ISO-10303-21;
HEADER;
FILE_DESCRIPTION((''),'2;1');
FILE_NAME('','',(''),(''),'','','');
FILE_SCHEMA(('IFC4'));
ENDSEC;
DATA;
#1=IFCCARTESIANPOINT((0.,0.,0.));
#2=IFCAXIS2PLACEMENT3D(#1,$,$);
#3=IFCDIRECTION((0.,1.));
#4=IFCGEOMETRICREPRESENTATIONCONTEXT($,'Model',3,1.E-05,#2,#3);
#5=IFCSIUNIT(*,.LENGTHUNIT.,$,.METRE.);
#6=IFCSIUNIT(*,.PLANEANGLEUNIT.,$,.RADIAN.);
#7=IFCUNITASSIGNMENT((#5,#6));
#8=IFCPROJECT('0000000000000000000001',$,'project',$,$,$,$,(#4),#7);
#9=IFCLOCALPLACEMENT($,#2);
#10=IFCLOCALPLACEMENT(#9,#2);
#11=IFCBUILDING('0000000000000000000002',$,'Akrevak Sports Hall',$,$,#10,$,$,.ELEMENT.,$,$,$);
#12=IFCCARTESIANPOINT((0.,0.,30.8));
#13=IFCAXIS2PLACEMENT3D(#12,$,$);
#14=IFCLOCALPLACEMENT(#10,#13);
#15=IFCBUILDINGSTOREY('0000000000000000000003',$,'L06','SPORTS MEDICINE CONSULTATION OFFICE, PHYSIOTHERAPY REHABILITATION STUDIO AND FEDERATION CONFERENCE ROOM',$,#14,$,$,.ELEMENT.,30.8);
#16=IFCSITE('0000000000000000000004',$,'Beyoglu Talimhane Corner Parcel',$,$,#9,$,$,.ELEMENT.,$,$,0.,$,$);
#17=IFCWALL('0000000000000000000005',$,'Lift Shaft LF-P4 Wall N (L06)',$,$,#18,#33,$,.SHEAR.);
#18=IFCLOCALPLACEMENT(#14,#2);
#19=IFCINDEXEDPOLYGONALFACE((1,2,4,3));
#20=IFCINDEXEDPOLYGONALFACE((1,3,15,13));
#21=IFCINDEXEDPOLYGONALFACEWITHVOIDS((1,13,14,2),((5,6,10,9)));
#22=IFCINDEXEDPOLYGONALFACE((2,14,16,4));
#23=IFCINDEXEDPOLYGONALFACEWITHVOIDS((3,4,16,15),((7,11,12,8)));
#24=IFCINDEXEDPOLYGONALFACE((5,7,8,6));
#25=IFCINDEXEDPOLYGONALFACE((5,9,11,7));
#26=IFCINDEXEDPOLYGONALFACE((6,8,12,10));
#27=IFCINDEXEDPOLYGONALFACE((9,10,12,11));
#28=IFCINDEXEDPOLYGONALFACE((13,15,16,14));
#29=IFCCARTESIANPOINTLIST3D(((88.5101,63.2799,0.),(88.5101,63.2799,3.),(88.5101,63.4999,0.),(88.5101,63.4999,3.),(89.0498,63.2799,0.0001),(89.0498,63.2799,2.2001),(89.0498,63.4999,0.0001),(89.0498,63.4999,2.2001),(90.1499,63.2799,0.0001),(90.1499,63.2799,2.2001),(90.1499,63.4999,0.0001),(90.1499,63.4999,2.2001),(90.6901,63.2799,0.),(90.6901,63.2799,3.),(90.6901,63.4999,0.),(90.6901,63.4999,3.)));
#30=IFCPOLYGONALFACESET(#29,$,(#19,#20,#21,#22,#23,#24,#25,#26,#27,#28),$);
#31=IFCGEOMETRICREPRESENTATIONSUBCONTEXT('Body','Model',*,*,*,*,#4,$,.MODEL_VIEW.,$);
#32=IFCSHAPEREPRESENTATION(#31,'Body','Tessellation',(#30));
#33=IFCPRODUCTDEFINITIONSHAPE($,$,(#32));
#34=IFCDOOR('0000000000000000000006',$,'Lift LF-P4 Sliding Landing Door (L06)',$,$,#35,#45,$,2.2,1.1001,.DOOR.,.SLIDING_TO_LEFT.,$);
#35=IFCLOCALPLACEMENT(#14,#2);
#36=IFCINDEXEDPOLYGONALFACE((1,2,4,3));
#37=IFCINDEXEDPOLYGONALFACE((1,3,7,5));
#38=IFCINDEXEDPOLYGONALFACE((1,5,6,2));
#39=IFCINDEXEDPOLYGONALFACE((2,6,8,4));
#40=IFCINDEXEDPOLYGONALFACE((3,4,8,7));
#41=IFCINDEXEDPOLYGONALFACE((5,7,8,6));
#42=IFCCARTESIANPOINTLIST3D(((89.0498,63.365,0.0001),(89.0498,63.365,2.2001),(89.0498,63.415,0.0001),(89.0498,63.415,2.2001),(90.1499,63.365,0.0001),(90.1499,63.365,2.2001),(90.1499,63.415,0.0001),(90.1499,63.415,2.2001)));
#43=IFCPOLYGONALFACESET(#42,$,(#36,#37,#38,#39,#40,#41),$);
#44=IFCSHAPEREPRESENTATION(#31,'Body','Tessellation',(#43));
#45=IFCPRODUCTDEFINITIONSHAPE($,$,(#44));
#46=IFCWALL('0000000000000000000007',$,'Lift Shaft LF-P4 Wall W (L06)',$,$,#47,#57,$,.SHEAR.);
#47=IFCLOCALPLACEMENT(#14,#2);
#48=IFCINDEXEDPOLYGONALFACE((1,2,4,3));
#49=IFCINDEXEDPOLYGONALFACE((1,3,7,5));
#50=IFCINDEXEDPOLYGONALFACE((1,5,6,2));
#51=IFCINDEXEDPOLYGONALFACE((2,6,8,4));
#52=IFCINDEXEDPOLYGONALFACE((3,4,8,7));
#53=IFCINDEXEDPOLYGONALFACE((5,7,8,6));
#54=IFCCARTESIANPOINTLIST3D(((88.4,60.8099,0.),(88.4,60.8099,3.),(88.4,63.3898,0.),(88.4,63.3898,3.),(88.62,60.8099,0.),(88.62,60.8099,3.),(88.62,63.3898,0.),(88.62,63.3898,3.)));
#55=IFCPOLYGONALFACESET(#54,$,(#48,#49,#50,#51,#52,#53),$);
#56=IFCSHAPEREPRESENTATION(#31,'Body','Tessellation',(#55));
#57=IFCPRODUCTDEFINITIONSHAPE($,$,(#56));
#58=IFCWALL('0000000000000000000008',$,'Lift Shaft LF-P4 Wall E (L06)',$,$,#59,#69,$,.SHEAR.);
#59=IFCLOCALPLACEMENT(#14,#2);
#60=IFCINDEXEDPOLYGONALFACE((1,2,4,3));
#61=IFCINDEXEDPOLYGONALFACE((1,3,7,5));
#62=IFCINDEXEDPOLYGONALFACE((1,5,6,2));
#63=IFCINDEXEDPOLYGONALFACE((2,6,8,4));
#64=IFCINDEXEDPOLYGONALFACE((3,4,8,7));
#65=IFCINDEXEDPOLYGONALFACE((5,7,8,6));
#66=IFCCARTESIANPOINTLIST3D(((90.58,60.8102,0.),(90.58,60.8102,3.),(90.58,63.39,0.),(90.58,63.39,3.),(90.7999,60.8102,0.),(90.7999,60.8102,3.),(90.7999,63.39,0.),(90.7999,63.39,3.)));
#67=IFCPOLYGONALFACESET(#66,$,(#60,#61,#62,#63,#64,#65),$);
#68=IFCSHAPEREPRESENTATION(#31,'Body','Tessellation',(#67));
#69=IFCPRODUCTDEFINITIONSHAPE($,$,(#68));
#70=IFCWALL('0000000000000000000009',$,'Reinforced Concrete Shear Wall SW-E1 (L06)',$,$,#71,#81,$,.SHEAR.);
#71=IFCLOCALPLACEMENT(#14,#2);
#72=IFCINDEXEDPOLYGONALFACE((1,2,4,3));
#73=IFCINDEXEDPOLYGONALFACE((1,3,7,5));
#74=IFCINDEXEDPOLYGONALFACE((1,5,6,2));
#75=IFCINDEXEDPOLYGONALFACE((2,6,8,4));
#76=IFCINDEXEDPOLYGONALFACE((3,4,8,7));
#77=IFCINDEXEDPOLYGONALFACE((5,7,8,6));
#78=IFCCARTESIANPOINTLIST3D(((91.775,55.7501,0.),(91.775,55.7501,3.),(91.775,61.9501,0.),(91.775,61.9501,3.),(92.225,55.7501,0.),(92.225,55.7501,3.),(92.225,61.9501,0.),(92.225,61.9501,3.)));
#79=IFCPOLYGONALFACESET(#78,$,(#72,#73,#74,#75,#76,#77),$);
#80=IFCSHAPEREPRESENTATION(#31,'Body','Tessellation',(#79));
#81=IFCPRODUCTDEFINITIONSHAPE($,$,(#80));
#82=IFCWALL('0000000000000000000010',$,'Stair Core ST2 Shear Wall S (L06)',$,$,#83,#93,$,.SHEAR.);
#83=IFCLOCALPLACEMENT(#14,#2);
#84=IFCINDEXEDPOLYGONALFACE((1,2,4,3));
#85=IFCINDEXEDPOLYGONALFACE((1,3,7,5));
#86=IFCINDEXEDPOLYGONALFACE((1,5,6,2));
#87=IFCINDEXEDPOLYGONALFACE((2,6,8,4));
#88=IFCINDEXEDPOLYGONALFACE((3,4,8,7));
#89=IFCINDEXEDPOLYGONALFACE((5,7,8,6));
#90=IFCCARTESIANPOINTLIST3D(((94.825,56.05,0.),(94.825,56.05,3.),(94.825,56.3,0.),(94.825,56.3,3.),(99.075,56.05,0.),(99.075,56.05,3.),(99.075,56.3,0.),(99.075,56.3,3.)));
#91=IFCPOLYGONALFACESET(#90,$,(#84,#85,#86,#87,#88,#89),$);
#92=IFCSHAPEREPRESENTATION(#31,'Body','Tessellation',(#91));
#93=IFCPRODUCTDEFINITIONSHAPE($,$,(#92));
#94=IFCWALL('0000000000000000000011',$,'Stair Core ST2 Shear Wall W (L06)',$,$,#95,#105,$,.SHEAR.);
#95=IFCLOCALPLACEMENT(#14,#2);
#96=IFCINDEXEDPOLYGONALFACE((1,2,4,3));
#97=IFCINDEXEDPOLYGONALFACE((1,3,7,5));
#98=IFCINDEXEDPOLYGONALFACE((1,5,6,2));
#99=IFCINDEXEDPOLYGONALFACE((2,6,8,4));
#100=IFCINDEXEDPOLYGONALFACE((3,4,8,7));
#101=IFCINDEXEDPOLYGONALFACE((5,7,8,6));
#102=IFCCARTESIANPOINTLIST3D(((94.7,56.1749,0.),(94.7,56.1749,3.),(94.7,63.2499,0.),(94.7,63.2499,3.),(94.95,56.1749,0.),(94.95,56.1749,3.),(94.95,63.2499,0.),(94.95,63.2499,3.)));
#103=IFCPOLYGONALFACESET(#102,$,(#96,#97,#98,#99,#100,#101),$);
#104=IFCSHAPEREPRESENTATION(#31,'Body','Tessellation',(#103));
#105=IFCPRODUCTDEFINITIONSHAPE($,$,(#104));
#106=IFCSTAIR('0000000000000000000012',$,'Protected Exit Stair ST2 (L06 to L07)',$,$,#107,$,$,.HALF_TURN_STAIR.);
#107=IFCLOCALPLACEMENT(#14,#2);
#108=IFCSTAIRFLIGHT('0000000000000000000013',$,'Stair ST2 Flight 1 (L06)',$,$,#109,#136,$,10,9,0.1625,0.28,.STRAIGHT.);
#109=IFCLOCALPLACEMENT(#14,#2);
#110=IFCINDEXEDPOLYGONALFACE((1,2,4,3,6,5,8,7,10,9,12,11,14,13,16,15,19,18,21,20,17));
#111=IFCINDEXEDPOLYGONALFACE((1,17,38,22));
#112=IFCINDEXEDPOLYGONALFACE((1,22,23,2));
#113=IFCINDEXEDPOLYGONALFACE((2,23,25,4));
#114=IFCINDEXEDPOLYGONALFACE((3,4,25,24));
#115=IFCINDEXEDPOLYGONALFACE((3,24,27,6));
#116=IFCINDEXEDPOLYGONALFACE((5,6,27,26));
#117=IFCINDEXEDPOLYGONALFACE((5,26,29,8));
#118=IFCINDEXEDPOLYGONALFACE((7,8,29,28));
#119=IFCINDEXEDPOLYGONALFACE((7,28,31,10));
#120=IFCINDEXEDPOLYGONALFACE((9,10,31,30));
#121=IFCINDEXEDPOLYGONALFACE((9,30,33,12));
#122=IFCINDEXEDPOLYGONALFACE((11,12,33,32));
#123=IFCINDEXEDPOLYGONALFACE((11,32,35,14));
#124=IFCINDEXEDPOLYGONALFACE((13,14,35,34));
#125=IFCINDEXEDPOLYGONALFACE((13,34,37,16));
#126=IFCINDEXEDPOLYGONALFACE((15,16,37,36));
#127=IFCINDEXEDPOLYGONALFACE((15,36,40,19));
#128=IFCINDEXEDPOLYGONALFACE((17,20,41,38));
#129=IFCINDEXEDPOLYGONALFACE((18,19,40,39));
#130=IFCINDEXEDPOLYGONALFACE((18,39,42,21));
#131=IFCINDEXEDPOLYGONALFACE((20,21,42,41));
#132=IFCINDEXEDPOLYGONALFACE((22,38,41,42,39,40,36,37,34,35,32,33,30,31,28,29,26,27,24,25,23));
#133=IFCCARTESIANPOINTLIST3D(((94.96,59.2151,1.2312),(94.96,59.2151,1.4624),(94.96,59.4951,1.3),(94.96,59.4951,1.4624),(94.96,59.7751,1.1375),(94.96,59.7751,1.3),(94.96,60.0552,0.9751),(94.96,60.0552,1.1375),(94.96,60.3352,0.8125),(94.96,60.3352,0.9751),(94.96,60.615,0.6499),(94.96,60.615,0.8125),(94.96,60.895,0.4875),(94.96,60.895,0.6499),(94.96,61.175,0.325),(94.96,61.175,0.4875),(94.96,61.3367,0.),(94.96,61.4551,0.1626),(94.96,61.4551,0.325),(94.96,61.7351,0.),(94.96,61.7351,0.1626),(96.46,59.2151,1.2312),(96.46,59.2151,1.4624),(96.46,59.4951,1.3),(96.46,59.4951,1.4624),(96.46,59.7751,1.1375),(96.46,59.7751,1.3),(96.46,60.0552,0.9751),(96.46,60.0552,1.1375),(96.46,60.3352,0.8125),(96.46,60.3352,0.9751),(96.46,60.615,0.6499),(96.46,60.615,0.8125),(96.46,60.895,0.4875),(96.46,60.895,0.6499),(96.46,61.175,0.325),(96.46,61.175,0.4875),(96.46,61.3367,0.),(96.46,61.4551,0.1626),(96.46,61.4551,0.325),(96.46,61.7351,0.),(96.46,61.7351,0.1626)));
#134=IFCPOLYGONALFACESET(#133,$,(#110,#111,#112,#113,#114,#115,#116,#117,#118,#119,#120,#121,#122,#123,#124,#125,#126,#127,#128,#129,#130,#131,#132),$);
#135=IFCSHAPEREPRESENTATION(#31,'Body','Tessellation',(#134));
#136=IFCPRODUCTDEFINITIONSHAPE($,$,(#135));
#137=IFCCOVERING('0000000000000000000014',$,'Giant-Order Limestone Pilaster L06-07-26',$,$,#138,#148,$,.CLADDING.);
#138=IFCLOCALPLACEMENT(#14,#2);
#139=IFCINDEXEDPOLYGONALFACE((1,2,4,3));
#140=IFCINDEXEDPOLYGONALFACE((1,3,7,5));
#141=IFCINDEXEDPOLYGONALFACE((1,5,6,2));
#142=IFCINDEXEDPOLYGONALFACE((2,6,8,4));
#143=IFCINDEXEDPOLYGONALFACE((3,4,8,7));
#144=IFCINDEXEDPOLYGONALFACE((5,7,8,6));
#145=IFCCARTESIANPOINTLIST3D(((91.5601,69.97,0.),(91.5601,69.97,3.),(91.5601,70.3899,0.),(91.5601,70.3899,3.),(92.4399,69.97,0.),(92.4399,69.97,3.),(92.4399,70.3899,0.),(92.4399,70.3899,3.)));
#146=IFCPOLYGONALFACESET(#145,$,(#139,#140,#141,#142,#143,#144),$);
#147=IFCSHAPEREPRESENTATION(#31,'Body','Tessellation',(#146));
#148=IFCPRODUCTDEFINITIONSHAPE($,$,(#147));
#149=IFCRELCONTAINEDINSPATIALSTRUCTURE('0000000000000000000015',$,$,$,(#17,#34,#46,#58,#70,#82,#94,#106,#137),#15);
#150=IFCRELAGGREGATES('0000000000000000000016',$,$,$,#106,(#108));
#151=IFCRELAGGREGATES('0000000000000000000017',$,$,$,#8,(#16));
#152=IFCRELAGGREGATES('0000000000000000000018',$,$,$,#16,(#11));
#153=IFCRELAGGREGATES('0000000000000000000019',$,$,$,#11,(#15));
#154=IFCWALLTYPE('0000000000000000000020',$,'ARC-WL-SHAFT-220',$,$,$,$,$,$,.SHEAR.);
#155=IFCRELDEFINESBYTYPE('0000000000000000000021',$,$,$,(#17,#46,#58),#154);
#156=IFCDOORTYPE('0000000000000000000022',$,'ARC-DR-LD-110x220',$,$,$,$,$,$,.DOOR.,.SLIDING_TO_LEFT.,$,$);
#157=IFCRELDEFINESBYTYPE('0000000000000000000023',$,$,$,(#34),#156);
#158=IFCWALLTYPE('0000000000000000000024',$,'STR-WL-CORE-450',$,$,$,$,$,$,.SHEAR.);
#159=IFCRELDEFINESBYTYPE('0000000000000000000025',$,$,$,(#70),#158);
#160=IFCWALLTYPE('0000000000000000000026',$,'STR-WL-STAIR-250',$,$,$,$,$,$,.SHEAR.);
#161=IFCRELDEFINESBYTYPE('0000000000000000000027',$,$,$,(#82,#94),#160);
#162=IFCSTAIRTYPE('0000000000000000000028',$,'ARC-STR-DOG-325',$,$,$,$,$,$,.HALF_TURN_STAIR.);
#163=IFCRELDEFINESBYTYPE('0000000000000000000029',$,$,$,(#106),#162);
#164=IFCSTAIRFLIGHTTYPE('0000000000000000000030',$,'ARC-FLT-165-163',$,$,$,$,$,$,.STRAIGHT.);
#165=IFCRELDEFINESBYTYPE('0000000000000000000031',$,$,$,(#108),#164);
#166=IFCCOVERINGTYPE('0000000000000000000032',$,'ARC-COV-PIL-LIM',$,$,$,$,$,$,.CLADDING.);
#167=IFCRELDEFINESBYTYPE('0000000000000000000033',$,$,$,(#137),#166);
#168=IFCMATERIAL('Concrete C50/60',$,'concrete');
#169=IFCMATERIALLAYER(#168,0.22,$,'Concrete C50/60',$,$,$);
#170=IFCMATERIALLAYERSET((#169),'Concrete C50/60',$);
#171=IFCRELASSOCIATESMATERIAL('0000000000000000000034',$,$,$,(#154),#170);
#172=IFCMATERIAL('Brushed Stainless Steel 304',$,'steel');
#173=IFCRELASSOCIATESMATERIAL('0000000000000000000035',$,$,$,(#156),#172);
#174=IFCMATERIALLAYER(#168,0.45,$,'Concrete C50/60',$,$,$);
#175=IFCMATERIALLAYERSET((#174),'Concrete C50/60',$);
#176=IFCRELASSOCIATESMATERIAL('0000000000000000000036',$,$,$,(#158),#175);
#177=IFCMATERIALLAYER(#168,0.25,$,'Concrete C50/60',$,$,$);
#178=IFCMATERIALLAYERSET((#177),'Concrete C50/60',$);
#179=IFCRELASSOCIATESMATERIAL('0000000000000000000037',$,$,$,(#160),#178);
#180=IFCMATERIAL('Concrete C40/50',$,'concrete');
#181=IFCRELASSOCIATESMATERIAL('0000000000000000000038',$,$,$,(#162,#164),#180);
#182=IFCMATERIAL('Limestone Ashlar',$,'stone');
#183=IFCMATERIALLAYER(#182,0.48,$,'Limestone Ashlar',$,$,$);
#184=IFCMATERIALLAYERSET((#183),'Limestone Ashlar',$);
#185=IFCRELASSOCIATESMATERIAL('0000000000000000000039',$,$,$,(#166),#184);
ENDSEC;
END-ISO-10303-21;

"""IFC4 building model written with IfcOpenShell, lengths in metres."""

from ifc_helpers import new_model, si_unit, direction, frame, frame_2d, origin, origin_2d, place, context, subcontext, project, spatial, polyline, rectangle, outline, extrude, material, layer, layer_set, type_object, element, fill, aggregate, save


model = new_model("IFC4")

# Units and contexts
model_context = context("Model", 3, precision=1e-05, world=origin(), true_north=direction((0.0, 1.0)))
body_context = subcontext(model_context, "Body", "Model", "MODEL_VIEW")
ifc_project = project(units=[si_unit("LENGTHUNIT", "METRE"), si_unit("PLANEANGLEUNIT", "RADIAN")], contexts=[model_context])

# Site, building, storey
site_placement = place(None, origin())
site = spatial("IfcSite", under=ifc_project, at=site_placement, Name="Beyoglu Talimhane Corner Parcel", CompositionType="ELEMENT", RefElevation=0.0)
building_placement = place(site_placement, origin())
building = spatial("IfcBuilding", under=site, at=building_placement, Name="Akrevak Sports Hall", CompositionType="ELEMENT")
storey_placement = place(building_placement, frame((0.0, 0.0, 30.8)))
storey = spatial("IfcBuildingStorey", under=building, at=storey_placement, Name="L06", Description="SPORTS MEDICINE CONSULTATION OFFICE, PHYSIOTHERAPY REHABILITATION STUDIO AND FEDERATION CONFERENCE ROOM", CompositionType="ELEMENT", Elevation=30.8)

# Shared definitions
ifc_material_1 = material(Name="Concrete C40/50", Category="concrete")

# Shared definitions
ifc_material_2 = material(Name="Concrete C50/60", Category="concrete")
ifc_layer_1 = layer(ifc_material_2, 0.22, Name="Concrete C50/60")
ifc_layer_set_1 = layer_set([ifc_layer_1], Name="Concrete C50/60")
wall_type_1 = type_object("IfcWallType", Name="ARC-WL-SHAFT-220", PredefinedType="SHEAR", material=ifc_layer_set_1)

# Shared definitions
ifc_material_3 = material(Name="Brushed Stainless Steel 304", Category="steel")
door_type_1 = type_object("IfcDoorType", Name="ARC-DR-LD-110x220", OperationType="SLIDING_TO_LEFT", PredefinedType="DOOR", material=ifc_material_3)

# Wall, opening, door
wall_1_placement = place(storey_placement, frame((90.6899, 63.3899, 0.0), z_axis=(0.0, 0.0, 1.0), x_axis=(-1.0, 0.0, 0.0)))
wall_1 = element("IfcWall", 1, at=wall_1_placement, inside=storey, type_object=wall_type_1, Name="Lift Shaft LF-P4 Wall N (L06)", PredefinedType="SHEAR", context=body_context, shape_type="SweptSolid", body=[
    extrude(rectangle(XDim=2.1799, YDim=0.22, at=frame_2d((1.0898, 0.0))), origin(), (0.0, 0.0, 1.0), 3.0),
])
opening_1_placement = place(wall_1_placement, frame((0.54, 0.0, 0.0)))
opening_1 = element("IfcOpeningElement", 2, at=opening_1_placement, cuts=wall_1, PredefinedType="OPENING", context=body_context, shape_type="SweptSolid", body=[
    extrude(rectangle(XDim=1.1001, YDim=2.2, at=frame_2d((0.55, 1.1001))), frame((0.0, 0.1221, 0.0), z_axis=(0.0, -1.0, 0.0), x_axis=(1.0, 0.0, 0.0)), (0.0, 0.0, 1.0), 0.2439),
])
door_1_placement = place(opening_1_placement, origin())
door_1 = element("IfcDoor", 3, at=door_1_placement, inside=storey, type_object=door_type_1, Name="Lift LF-P4 Sliding Landing Door (L06)", OperationType="SLIDING_TO_LEFT", OverallHeight=2.2, OverallWidth=1.1001, PredefinedType="DOOR", context=body_context, shape_type="SweptSolid", body=[
    extrude(rectangle(XDim=1.1001, YDim=2.2, at=frame_2d((0.55, 1.1001))), frame((0.0, 0.0249, 0.0), z_axis=(0.0, -1.0, 0.0), x_axis=(1.0, 0.0, 0.0)), (0.0, 0.0, 1.0), 0.05),
])
fill(opening_1, door_1)

# Walls
for number, where, z_axis, x_axis, name in (
    (4, (88.51, 63.3899, 0.0), (0.0, 0.0, 1.0), (0.0, -1.0, 0.0), "Lift Shaft LF-P4 Wall W (L06)"),
    (5, (90.6899, 60.8101, 0.0), (0.0, 0.0, 1.0), (0.0, 1.0, 0.0), "Lift Shaft LF-P4 Wall E (L06)"),
):
    element("IfcWall", number, at=place(storey_placement, frame(where, z_axis=z_axis, x_axis=x_axis)), inside=storey, type_object=wall_type_1, Name=name, PredefinedType="SHEAR", context=body_context, shape_type="SweptSolid", body=[
        extrude(rectangle(XDim=2.5798, YDim=0.22, at=frame_2d((1.29, 0.0))), origin(), (0.0, 0.0, 1.0), 3.0),
    ])
ifc_layer_2 = layer(ifc_material_2, 0.45, Name="Concrete C50/60")
ifc_layer_set_2 = layer_set([ifc_layer_2], Name="Concrete C50/60")
wall_type_2 = type_object("IfcWallType", Name="STR-WL-CORE-450", PredefinedType="SHEAR", material=ifc_layer_set_2)
wall_2_placement = place(storey_placement, frame((92.0, 55.75, 0.0), z_axis=(0.0, 0.0, 1.0), x_axis=(0.0, 1.0, 0.0)))
element("IfcWall", 6, at=wall_2_placement, inside=storey, type_object=wall_type_2, Name="Reinforced Concrete Shear Wall SW-E1 (L06)", PredefinedType="SHEAR", context=body_context, shape_type="SweptSolid", body=[
    extrude(rectangle(XDim=6.2, YDim=0.45, at=frame_2d((3.1001, 0.0))), origin(), (0.0, 0.0, 1.0), 3.0),
])
ifc_layer_3 = layer(ifc_material_2, 0.25, Name="Concrete C50/60")
ifc_layer_set_3 = layer_set([ifc_layer_3], Name="Concrete C50/60")
wall_type_3 = type_object("IfcWallType", Name="STR-WL-STAIR-250", PredefinedType="SHEAR", material=ifc_layer_set_3)
wall_3_placement = place(storey_placement, frame((94.825, 56.175, 0.0), z_axis=(0.0, 0.0, 1.0), x_axis=(1.0, 0.0, 0.0)))
element("IfcWall", 7, at=wall_3_placement, inside=storey, type_object=wall_type_3, Name="Stair Core ST2 Shear Wall S (L06)", PredefinedType="SHEAR", context=body_context, shape_type="SweptSolid", body=[
    extrude(rectangle(XDim=4.25, YDim=0.25, at=frame_2d((2.125, 0.0))), origin(), (0.0, 0.0, 1.0), 3.0),
])
wall_4_placement = place(storey_placement, frame((94.825, 63.25, 0.0), z_axis=(0.0, 0.0, 1.0), x_axis=(0.0, -1.0, 0.0)))
element("IfcWall", 8, at=wall_4_placement, inside=storey, type_object=wall_type_3, Name="Stair Core ST2 Shear Wall W (L06)", PredefinedType="SHEAR", context=body_context, shape_type="SweptSolid", body=[
    extrude(rectangle(XDim=7.075, YDim=0.25, at=frame_2d((3.5376, 0.0))), origin(), (0.0, 0.0, 1.0), 3.0),
])

# Stair, stair flight
stair_type = type_object("IfcStairType", Name="ARC-STR-DOG-325", PredefinedType="HALF_TURN_STAIR", material=ifc_material_1)
stair_placement = place(storey_placement, origin())
stair = element("IfcStair", 9, at=stair_placement, inside=storey, type_object=stair_type, Name="Protected Exit Stair ST2 (L06 to L07)", PredefinedType="HALF_TURN_STAIR")
stair_flight_type = type_object("IfcStairFlightType", Name="ARC-FLT-165-163", PredefinedType="STRAIGHT", material=ifc_material_1)
stair_flight_placement = place(storey_placement, frame((95.71, 61.7351, 0.0), z_axis=(0.0, 0.0, 1.0), x_axis=(0.0, -1.0, 0.0)))
stair_flight = element("IfcStairFlight", 10, at=stair_flight_placement, type_object=stair_flight_type, Name="Stair ST2 Flight 1 (L06)", NumberOfRisers=10, NumberOfTreads=9, PredefinedType="STRAIGHT", RiserHeight=0.1625, TreadLength=0.28, context=body_context, shape_type="SweptSolid", body=[
    extrude(outline(polyline([(0.0, 0.0), (0.0, 0.1626), (0.28, 0.1626), (0.28, 0.325), (0.5601, 0.325), (0.5601, 0.4875), (0.8401, 0.4875), (0.8401, 0.6499), (1.1201, 0.6499), (1.1201, 0.8125), (1.3999, 0.8125), (1.3999, 0.9751), (1.6799, 0.9751), (1.6799, 1.1375), (1.96, 1.1375), (1.96, 1.3), (2.24, 1.3), (2.24, 1.4624), (2.52, 1.4624), (2.52, 1.625), (2.52, 1.2312), (0.3984, 0.0), (0.0, 0.0)])), frame((0.0, 0.75, 0.0), z_axis=(0.0, -1.0, 0.0), x_axis=(1.0, 0.0, 0.0)), (0.0, 0.0, 1.0), 1.5),
])
aggregate(stair, [stair_flight])

# Covering
ifc_material_4 = material(Name="Limestone Ashlar", Category="stone")
ifc_layer_4 = layer(ifc_material_4, 0.48, Name="Limestone Ashlar")
ifc_layer_set_4 = layer_set([ifc_layer_4], Name="Limestone Ashlar")
covering_type = type_object("IfcCoveringType", Name="ARC-COV-PIL-LIM", PredefinedType="CLADDING", material=ifc_layer_set_4)
covering_placement = place(storey_placement, frame((92.0, 70.1799, 0.0), z_axis=(0.0, 0.0, 1.0), x_axis=(-1.0, 0.0, 0.0)))
element("IfcCovering", 11, at=covering_placement, inside=storey, type_object=covering_type, Name="Giant-Order Limestone Pilaster L06-07-26", PredefinedType="CLADDING", context=body_context, shape_type="SweptSolid", body=[
    extrude(rectangle(XDim=0.8799, YDim=0.4199, at=origin_2d()), origin(), (0.0, 0.0, 1.0), 3.0),
])

save(model, "model.ifc")
